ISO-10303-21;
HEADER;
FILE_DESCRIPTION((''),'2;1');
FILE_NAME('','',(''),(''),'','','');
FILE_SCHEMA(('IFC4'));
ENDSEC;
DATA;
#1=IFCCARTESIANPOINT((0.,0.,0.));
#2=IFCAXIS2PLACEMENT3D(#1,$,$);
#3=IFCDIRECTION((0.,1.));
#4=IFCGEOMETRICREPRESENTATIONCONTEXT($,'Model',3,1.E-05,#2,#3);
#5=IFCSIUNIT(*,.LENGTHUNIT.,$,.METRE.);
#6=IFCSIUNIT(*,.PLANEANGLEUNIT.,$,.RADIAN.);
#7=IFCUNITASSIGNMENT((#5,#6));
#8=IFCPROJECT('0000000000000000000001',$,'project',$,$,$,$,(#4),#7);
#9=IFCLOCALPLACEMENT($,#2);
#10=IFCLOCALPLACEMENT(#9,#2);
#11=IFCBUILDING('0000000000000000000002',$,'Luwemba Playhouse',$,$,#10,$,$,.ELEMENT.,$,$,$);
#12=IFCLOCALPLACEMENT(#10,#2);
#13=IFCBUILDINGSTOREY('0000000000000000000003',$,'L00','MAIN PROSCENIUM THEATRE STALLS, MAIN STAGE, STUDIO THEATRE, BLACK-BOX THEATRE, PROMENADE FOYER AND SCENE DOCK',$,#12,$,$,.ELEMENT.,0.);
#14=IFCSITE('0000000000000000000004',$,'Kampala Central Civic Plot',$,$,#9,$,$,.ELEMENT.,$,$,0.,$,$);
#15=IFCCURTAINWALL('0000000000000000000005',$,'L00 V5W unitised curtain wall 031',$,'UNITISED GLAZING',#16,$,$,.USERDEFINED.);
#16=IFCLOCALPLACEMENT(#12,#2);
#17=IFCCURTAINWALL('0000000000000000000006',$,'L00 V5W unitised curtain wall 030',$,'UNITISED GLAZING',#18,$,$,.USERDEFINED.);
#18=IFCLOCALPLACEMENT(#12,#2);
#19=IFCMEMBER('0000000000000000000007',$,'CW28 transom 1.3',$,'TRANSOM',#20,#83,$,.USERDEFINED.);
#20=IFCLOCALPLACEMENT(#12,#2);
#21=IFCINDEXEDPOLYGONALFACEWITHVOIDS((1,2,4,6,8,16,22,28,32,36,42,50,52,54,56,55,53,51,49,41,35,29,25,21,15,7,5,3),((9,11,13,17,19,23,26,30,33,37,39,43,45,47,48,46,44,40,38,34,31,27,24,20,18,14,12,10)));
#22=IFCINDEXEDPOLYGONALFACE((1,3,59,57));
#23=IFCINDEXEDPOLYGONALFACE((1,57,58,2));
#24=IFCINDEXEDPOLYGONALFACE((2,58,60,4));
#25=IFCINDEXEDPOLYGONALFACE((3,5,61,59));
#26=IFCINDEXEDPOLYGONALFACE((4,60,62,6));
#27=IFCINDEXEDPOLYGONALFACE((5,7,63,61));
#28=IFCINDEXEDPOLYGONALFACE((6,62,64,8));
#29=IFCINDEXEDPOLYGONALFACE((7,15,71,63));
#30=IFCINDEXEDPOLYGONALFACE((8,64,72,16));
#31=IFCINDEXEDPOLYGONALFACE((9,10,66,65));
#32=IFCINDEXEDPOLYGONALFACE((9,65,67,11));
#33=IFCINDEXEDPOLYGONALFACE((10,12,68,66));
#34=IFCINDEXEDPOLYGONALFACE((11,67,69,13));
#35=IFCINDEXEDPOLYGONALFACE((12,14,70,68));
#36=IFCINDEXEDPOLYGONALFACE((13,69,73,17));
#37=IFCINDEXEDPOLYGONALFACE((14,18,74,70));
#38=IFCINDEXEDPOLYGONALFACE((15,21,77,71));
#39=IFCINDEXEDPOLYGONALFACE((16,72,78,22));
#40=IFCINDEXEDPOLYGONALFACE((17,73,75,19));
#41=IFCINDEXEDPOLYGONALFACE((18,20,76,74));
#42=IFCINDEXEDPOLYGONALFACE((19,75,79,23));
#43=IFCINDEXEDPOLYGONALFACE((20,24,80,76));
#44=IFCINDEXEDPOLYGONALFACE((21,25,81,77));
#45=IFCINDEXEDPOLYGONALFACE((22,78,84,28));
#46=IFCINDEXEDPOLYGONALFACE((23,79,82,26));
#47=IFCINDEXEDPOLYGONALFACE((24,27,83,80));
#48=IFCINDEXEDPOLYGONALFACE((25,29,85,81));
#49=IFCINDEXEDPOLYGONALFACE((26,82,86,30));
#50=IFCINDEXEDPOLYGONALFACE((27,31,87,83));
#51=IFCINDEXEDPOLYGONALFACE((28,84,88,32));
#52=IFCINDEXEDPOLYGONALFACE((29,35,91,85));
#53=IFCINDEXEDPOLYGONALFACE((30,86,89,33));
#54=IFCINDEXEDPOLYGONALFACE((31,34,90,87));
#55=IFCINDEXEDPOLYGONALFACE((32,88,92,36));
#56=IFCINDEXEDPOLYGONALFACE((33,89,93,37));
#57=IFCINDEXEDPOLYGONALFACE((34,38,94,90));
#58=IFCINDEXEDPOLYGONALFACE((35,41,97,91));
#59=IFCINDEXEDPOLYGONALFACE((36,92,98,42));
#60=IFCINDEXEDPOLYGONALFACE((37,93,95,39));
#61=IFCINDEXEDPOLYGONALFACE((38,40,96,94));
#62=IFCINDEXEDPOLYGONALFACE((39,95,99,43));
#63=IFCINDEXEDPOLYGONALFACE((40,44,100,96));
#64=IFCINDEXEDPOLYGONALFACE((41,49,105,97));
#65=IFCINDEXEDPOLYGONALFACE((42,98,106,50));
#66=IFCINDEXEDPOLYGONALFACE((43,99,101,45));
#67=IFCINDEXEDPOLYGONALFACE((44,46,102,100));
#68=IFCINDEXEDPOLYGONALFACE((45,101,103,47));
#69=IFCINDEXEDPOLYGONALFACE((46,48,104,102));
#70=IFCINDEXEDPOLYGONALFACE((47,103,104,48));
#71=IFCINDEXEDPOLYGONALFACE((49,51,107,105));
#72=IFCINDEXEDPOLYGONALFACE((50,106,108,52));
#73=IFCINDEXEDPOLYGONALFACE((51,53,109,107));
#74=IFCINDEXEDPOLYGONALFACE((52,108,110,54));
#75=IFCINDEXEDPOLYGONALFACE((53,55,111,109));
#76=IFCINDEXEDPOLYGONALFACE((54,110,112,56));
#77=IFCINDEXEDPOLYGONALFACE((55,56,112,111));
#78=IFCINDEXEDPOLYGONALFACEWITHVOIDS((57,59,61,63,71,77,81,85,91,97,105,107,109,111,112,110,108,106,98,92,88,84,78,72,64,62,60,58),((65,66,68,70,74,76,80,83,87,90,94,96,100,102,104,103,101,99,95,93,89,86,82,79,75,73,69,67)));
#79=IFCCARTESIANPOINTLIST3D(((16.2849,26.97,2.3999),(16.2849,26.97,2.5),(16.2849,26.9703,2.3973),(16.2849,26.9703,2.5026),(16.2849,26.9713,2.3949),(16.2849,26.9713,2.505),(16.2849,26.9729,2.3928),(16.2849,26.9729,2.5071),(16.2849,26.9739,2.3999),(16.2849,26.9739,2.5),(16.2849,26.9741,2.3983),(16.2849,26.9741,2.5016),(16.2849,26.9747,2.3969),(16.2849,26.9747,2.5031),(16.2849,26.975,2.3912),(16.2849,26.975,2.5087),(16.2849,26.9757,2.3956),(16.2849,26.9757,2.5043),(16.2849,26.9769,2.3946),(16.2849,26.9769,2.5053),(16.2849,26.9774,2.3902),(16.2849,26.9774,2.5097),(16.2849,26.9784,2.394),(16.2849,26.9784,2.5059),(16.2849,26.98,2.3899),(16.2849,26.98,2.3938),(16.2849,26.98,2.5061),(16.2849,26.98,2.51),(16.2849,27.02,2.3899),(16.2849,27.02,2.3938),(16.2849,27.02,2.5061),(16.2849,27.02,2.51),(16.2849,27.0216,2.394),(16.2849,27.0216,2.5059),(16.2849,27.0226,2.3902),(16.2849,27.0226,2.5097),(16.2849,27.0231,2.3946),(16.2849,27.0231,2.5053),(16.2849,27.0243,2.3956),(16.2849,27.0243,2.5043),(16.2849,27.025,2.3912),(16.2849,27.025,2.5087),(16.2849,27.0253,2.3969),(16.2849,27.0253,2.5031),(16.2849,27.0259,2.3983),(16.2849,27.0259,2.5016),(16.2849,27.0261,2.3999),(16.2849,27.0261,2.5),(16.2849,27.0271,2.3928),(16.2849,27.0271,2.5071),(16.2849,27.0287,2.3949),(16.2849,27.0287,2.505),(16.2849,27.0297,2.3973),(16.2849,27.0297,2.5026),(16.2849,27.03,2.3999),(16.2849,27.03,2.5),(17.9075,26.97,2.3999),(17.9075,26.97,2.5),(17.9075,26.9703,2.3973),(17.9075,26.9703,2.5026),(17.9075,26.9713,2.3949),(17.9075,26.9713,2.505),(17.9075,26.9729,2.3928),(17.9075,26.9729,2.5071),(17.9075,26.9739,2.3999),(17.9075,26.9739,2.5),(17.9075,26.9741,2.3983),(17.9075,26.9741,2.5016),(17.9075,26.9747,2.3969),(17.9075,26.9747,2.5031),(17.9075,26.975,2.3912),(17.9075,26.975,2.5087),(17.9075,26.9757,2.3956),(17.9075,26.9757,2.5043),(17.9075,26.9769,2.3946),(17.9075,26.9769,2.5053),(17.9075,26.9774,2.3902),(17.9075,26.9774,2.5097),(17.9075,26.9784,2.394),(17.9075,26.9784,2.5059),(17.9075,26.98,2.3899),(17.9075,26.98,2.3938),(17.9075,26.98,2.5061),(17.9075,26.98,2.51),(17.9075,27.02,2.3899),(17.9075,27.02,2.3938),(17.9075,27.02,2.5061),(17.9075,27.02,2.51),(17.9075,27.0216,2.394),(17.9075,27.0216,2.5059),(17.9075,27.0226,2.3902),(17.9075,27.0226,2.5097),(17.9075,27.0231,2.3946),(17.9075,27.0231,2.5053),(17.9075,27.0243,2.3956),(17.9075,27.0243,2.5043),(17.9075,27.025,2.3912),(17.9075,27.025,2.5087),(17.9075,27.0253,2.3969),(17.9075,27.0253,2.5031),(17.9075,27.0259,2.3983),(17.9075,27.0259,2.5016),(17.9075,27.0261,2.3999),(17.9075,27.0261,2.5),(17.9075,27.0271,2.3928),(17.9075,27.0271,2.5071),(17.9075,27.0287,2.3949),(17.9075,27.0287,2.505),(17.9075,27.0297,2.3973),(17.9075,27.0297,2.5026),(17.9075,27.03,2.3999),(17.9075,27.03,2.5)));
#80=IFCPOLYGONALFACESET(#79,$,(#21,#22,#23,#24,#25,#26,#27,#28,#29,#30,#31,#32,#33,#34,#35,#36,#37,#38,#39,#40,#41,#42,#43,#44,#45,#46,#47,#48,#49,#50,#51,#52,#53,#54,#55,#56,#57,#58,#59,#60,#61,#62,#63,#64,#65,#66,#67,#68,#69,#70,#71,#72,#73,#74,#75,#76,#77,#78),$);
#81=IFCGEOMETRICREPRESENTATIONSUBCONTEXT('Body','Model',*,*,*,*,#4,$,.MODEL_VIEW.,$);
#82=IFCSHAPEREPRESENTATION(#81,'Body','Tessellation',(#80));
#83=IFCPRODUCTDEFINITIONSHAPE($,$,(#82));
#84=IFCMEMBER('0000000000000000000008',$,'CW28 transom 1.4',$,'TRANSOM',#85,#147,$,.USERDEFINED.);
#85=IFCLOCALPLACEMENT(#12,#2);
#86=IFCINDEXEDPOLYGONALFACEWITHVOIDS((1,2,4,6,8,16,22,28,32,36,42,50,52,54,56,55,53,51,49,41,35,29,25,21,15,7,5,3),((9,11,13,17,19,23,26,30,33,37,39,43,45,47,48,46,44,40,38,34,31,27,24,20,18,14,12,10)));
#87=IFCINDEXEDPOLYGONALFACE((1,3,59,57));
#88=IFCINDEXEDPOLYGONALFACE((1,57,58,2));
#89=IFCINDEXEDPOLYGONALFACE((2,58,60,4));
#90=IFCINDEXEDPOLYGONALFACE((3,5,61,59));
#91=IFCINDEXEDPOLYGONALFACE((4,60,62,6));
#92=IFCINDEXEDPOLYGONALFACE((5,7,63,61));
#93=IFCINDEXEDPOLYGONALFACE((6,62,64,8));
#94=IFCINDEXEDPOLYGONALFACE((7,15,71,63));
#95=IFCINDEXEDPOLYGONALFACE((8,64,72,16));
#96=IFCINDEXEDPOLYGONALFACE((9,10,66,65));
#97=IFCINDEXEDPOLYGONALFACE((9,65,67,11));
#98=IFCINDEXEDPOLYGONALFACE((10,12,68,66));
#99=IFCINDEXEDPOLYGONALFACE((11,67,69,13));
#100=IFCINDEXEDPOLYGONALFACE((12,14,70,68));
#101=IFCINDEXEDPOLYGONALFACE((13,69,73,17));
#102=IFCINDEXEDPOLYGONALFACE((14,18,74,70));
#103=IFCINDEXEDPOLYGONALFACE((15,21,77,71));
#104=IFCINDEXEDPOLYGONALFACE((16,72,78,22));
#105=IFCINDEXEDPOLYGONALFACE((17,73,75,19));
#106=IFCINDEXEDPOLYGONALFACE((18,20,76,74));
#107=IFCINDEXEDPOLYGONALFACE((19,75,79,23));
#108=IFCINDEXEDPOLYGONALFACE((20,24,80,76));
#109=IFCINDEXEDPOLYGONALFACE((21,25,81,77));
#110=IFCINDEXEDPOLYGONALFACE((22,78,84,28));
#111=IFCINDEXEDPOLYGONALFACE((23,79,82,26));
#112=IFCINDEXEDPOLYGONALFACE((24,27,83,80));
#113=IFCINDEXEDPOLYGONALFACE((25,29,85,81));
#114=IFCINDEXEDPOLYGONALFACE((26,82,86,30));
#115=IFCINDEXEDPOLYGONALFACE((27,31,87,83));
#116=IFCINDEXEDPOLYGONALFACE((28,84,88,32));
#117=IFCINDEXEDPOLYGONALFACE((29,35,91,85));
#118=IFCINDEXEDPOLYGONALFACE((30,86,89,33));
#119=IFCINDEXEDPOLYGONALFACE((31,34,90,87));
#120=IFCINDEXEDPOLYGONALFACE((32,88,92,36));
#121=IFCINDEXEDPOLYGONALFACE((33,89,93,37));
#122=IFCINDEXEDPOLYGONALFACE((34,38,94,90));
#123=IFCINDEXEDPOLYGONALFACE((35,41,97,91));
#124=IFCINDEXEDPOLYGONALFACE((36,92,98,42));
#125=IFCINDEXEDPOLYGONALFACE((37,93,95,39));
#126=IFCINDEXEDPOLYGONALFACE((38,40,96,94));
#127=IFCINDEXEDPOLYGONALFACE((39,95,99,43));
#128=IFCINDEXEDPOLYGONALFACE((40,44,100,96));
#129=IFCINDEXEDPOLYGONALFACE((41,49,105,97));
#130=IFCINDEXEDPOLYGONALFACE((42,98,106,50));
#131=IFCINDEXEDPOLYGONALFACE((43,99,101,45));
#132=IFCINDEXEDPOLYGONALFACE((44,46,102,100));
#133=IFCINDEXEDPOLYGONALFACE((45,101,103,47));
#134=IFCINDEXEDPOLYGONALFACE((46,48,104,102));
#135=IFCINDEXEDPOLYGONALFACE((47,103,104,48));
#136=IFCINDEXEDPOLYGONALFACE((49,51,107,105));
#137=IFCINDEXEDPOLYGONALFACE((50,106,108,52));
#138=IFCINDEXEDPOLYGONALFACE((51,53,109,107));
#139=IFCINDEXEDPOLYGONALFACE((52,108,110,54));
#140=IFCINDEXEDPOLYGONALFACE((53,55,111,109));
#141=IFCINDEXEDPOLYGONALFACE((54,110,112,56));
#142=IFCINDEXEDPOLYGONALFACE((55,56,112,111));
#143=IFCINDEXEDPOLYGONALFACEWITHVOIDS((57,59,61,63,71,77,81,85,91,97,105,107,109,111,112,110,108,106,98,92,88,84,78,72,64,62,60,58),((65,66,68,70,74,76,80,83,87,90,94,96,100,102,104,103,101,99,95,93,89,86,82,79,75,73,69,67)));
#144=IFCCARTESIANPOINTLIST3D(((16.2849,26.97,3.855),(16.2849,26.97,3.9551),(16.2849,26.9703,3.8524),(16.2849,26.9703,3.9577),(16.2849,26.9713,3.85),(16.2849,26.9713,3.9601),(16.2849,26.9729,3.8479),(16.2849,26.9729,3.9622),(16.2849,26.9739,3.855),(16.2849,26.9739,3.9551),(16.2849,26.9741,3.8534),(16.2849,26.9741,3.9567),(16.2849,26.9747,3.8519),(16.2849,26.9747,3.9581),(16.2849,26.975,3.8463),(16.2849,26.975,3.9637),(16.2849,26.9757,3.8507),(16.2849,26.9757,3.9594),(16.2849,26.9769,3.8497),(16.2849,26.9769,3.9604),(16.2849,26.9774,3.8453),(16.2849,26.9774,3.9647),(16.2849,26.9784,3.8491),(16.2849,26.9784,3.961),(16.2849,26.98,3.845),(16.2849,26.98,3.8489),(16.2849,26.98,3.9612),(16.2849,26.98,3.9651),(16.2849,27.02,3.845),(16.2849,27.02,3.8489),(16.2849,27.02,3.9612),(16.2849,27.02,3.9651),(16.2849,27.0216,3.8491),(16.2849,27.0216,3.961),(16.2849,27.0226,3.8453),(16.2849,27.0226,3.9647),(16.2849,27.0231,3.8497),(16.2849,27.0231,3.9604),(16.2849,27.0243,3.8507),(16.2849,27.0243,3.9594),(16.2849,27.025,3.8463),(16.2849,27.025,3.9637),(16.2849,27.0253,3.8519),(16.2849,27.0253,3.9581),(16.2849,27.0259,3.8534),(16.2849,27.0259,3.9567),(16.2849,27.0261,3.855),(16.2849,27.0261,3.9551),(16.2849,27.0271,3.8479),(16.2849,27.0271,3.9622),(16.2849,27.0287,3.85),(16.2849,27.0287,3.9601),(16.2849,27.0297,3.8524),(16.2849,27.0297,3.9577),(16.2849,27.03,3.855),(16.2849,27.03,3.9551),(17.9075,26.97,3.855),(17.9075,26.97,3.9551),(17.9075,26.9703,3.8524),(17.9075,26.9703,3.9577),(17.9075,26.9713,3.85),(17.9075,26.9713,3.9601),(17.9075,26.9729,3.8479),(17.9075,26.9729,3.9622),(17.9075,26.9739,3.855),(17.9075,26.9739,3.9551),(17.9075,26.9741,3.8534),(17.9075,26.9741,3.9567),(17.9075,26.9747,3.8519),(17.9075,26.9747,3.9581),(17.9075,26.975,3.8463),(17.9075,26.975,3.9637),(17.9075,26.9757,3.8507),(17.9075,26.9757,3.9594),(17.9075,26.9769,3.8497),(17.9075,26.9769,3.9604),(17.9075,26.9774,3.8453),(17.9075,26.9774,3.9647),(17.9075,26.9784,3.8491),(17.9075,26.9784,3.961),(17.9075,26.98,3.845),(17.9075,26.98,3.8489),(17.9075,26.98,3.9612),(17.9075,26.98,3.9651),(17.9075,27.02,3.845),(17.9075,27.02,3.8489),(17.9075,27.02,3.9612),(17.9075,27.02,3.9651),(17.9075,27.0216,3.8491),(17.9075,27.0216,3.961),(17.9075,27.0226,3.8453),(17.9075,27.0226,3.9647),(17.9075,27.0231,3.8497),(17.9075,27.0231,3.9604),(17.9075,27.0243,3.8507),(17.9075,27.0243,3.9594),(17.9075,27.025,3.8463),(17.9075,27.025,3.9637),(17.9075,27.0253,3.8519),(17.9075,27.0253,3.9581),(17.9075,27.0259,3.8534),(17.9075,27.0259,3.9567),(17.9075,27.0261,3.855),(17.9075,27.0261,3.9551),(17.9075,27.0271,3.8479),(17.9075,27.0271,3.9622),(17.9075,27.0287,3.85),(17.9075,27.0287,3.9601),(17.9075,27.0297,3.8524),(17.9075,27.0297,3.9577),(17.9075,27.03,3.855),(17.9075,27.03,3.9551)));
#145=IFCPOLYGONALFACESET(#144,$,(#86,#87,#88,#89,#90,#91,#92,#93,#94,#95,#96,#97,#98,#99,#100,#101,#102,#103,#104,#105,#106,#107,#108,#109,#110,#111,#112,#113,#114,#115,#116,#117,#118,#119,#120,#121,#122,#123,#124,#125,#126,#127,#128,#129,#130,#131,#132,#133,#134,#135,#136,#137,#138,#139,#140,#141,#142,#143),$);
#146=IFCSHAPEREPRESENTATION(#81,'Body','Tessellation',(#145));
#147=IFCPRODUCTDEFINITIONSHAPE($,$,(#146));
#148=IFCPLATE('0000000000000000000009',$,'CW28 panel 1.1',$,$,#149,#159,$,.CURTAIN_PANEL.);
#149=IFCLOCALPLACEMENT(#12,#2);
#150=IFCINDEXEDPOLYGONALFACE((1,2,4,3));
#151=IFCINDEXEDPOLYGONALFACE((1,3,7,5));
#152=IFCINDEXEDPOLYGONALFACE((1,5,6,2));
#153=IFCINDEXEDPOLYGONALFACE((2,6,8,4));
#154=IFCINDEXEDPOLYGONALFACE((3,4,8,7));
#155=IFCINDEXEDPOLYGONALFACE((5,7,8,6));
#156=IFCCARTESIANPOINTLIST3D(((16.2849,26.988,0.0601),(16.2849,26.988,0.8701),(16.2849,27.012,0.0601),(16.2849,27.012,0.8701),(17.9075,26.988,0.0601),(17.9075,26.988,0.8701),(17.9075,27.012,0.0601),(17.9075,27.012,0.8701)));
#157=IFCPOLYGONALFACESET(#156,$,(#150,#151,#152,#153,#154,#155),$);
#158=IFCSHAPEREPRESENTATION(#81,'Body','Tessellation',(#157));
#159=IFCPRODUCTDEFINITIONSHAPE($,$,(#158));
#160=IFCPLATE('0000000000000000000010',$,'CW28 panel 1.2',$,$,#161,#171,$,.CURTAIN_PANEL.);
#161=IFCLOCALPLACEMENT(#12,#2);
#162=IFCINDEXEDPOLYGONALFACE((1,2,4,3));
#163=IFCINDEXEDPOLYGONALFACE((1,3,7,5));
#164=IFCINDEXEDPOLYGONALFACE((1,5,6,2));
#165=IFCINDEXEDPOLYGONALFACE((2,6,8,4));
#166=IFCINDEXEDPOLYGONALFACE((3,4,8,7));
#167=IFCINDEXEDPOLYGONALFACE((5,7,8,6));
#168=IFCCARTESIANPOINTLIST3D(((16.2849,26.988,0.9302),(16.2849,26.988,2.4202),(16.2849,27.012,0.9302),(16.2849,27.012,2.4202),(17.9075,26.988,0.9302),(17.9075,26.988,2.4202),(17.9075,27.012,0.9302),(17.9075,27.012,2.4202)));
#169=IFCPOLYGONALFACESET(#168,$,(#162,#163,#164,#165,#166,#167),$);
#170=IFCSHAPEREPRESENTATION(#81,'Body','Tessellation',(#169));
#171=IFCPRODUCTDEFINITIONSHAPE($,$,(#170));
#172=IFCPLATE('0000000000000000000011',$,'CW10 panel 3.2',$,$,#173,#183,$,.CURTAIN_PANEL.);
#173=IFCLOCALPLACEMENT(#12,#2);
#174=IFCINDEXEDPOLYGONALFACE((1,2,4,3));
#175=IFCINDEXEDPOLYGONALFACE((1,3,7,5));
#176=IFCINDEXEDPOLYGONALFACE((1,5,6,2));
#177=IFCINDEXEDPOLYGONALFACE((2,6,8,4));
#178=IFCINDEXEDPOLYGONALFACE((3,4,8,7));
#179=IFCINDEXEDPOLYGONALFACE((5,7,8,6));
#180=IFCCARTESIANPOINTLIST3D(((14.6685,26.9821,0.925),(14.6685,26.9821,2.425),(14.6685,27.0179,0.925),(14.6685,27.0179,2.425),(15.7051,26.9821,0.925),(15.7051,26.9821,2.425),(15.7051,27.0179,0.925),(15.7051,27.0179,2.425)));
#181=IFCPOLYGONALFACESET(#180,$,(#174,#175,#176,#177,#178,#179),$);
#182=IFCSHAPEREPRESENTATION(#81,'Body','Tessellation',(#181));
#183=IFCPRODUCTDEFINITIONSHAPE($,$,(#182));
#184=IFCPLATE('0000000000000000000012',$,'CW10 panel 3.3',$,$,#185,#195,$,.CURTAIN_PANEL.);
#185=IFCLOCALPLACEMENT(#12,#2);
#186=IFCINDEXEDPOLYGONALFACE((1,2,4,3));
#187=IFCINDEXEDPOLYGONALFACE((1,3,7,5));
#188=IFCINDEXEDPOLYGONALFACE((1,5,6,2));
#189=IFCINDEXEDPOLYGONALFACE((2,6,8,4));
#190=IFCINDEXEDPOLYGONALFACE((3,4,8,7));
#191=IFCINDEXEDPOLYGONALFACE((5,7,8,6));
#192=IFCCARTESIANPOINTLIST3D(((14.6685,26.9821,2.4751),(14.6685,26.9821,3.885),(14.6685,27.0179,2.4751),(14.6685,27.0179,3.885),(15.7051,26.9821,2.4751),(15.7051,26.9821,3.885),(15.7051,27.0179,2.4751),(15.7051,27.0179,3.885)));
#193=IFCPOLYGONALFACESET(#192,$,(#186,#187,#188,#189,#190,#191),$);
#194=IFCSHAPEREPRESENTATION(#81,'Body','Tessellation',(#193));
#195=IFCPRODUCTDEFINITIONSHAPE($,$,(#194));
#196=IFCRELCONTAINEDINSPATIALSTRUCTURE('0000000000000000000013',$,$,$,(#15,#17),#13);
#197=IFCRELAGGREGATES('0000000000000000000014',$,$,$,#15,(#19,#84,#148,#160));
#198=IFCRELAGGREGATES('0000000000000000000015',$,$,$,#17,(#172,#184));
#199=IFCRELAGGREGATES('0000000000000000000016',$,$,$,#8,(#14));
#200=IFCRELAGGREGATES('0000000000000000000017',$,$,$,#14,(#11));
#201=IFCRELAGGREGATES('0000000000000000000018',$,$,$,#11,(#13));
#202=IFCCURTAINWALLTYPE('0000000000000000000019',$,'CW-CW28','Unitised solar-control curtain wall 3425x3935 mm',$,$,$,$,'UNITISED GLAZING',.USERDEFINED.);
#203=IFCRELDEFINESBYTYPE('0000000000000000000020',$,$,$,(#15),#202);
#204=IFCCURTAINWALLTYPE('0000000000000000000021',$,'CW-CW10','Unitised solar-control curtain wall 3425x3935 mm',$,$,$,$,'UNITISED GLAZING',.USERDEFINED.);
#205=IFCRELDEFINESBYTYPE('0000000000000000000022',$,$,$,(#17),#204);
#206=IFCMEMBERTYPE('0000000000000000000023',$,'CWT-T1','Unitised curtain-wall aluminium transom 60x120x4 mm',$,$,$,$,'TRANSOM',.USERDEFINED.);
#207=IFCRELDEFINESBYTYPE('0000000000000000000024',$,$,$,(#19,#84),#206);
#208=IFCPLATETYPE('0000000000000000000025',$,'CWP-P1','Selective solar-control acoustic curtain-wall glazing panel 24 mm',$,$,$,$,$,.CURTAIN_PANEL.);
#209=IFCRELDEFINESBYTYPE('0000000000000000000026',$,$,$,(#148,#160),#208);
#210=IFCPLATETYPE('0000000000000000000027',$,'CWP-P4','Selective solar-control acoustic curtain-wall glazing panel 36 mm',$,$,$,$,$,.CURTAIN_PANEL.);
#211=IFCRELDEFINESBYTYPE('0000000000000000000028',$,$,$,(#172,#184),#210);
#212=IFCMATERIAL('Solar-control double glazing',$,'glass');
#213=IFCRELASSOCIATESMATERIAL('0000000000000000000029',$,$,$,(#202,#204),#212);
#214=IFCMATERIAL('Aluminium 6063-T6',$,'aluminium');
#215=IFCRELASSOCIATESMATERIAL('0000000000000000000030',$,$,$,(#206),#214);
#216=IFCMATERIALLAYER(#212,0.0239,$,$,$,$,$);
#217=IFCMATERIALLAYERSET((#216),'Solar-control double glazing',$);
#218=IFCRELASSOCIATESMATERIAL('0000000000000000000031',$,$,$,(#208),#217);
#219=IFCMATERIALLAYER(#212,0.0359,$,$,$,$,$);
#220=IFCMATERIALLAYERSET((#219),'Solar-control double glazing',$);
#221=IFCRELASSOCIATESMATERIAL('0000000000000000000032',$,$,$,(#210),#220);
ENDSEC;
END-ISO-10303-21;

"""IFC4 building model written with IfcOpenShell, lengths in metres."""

from ifc_helpers import new_model, si_unit, direction, frame, origin, origin_2d, place, context, subcontext, project, spatial, rectangle, hollow_rectangle, extrude, material, layer, layer_set, material_profile, profile_set, type_object, element, aggregate, save


model = new_model("IFC4")

# Units and contexts
model_context = context("Model", 3, precision=1e-05, world=origin(), true_north=direction((0.0, 1.0)))
body_context = subcontext(model_context, "Body", "Model", "MODEL_VIEW")
ifc_project = project(units=[si_unit("LENGTHUNIT", "METRE"), si_unit("PLANEANGLEUNIT", "RADIAN")], contexts=[model_context])

# Site, building, storey
site_placement = place(None, origin())
site = spatial("IfcSite", under=ifc_project, at=site_placement, Name="Kampala Central Civic Plot", CompositionType="ELEMENT", RefElevation=0.0)
building_placement = place(site_placement, origin())
building = spatial("IfcBuilding", under=site, at=building_placement, Name="Luwemba Playhouse", CompositionType="ELEMENT")
storey_placement = place(building_placement, origin())
storey = spatial("IfcBuildingStorey", under=building, at=storey_placement, Name="L00", Description="MAIN PROSCENIUM THEATRE STALLS, MAIN STAGE, STUDIO THEATRE, BLACK-BOX THEATRE, PROMENADE FOYER AND SCENE DOCK", CompositionType="ELEMENT", Elevation=0.0)

# Curtain walls
ifc_material_1 = material(Name="Solar-control double glazing", Category="glass")
curtain_wall_type_1 = type_object("IfcCurtainWallType", Name="CW-CW28", Description="Unitised solar-control curtain wall 3425x3935 mm", ElementType="UNITISED GLAZING", PredefinedType="USERDEFINED", material=ifc_material_1)
curtain_wall_1_placement = place(storey_placement, origin())
curtain_wall_1 = element("IfcCurtainWall", 1, at=curtain_wall_1_placement, inside=storey, type_object=curtain_wall_type_1, Name="L00 V5W unitised curtain wall 031", ObjectType="UNITISED GLAZING", PredefinedType="USERDEFINED")
ifc_material_2 = material(Name="Aluminium 6063-T6", Category="aluminium")
curtain_wall_type_2 = type_object("IfcCurtainWallType", Name="CW-CW10", Description="Unitised solar-control curtain wall 3425x3935 mm", ElementType="UNITISED GLAZING", PredefinedType="USERDEFINED", material=ifc_material_1)
curtain_wall_2_placement = place(storey_placement, origin())
curtain_wall_2 = element("IfcCurtainWall", 2, at=curtain_wall_2_placement, inside=storey, type_object=curtain_wall_type_2, Name="L00 V5W unitised curtain wall 030", ObjectType="UNITISED GLAZING", PredefinedType="USERDEFINED")

# Members
ifc_material_profile_1 = material_profile(ifc_material_2, hollow_rectangle(XDim=0.0601, YDim=0.1201, WallThickness=0.0039, InnerFilletRadius=0.0061, OuterFilletRadius=0.01, at=origin_2d()))
ifc_profile_set_1 = profile_set([ifc_material_profile_1], Name="Aluminium 6063-T6")
member_type_1 = type_object("IfcMemberType", Name="CWT-T1", Description="Unitised curtain-wall aluminium transom 60x120x4 mm", ElementType="TRANSOM", PredefinedType="USERDEFINED", material=ifc_profile_set_1)
member_1_placement = place(storey_placement, frame((16.2849, 27.0, 2.45), z_axis=(1.0, 0.0, 0.0), x_axis=(0.0, 1.0, 0.0)))
member_1 = element("IfcMember", 3, at=member_1_placement, type_object=member_type_1, Name="CW28 transom 1.3", ObjectType="TRANSOM", PredefinedType="USERDEFINED", context=body_context, shape_type="SweptSolid", body=[
    extrude(hollow_rectangle(XDim=0.0601, YDim=0.1201, WallThickness=0.0039, InnerFilletRadius=0.0061, OuterFilletRadius=0.01, at=origin_2d()), origin(), (0.0, 0.0, 1.0), 1.6226),
])
member_2_placement = place(storey_placement, frame((16.2849, 27.0, 3.905), z_axis=(1.0, 0.0, 0.0), x_axis=(0.0, 1.0, 0.0)))
member_2 = element("IfcMember", 4, at=member_2_placement, type_object=member_type_1, Name="CW28 transom 1.4", ObjectType="TRANSOM", PredefinedType="USERDEFINED", context=body_context, shape_type="SweptSolid", body=[
    extrude(hollow_rectangle(XDim=0.0601, YDim=0.1201, WallThickness=0.0039, InnerFilletRadius=0.0061, OuterFilletRadius=0.01, at=origin_2d()), origin(), (0.0, 0.0, 1.0), 1.6226),
])

# Plates
ifc_layer_1 = layer(ifc_material_1, 0.0239)
ifc_layer_set_1 = layer_set([ifc_layer_1], Name="Solar-control double glazing")
plate_type_1 = type_object("IfcPlateType", Name="CWP-P1", Description="Selective solar-control acoustic curtain-wall glazing panel 24 mm", PredefinedType="CURTAIN_PANEL", material=ifc_layer_set_1)
plate_1_placement = place(storey_placement, frame((17.0962, 27.0, 0.0601), z_axis=(0.0, 0.0, 1.0), x_axis=(1.0, 0.0, 0.0)))
plate_1 = element("IfcPlate", 5, at=plate_1_placement, type_object=plate_type_1, Name="CW28 panel 1.1", PredefinedType="CURTAIN_PANEL", context=body_context, shape_type="SweptSolid", body=[
    extrude(rectangle(XDim=1.6226, YDim=0.0239, at=origin_2d()), origin(), (0.0, 0.0, 1.0), 0.8101),
])
plate_2_placement = place(storey_placement, frame((17.0962, 27.0, 0.9302), z_axis=(0.0, 0.0, 1.0), x_axis=(1.0, 0.0, 0.0)))
plate_2 = element("IfcPlate", 6, at=plate_2_placement, type_object=plate_type_1, Name="CW28 panel 1.2", PredefinedType="CURTAIN_PANEL", context=body_context, shape_type="SweptSolid", body=[
    extrude(rectangle(XDim=1.6226, YDim=0.0239, at=origin_2d()), origin(), (0.0, 0.0, 1.0), 1.49),
])
aggregate(curtain_wall_1, [member_1, member_2, plate_1, plate_2])
ifc_layer_2 = layer(ifc_material_1, 0.0359)
ifc_layer_set_2 = layer_set([ifc_layer_2], Name="Solar-control double glazing")
plate_type_2 = type_object("IfcPlateType", Name="CWP-P4", Description="Selective solar-control acoustic curtain-wall glazing panel 36 mm", PredefinedType="CURTAIN_PANEL", material=ifc_layer_set_2)
plate_3_placement = place(storey_placement, frame((15.1868, 27.0, 0.925), z_axis=(0.0, 0.0, 1.0), x_axis=(1.0, 0.0, 0.0)))
plate_3 = element("IfcPlate", 7, at=plate_3_placement, type_object=plate_type_2, Name="CW10 panel 3.2", PredefinedType="CURTAIN_PANEL", context=body_context, shape_type="SweptSolid", body=[
    extrude(rectangle(XDim=1.0366, YDim=0.0359, at=origin_2d()), origin(), (0.0, 0.0, 1.0), 1.5),
])
plate_4_placement = place(storey_placement, frame((15.1868, 27.0, 2.4751), z_axis=(0.0, 0.0, 1.0), x_axis=(1.0, 0.0, 0.0)))
plate_4 = element("IfcPlate", 8, at=plate_4_placement, type_object=plate_type_2, Name="CW10 panel 3.3", PredefinedType="CURTAIN_PANEL", context=body_context, shape_type="SweptSolid", body=[
    extrude(rectangle(XDim=1.0366, YDim=0.0359, at=origin_2d()), origin(), (0.0, 0.0, 1.0), 1.4099),
])
aggregate(curtain_wall_2, [plate_3, plate_4])

save(model, "model.ifc")
